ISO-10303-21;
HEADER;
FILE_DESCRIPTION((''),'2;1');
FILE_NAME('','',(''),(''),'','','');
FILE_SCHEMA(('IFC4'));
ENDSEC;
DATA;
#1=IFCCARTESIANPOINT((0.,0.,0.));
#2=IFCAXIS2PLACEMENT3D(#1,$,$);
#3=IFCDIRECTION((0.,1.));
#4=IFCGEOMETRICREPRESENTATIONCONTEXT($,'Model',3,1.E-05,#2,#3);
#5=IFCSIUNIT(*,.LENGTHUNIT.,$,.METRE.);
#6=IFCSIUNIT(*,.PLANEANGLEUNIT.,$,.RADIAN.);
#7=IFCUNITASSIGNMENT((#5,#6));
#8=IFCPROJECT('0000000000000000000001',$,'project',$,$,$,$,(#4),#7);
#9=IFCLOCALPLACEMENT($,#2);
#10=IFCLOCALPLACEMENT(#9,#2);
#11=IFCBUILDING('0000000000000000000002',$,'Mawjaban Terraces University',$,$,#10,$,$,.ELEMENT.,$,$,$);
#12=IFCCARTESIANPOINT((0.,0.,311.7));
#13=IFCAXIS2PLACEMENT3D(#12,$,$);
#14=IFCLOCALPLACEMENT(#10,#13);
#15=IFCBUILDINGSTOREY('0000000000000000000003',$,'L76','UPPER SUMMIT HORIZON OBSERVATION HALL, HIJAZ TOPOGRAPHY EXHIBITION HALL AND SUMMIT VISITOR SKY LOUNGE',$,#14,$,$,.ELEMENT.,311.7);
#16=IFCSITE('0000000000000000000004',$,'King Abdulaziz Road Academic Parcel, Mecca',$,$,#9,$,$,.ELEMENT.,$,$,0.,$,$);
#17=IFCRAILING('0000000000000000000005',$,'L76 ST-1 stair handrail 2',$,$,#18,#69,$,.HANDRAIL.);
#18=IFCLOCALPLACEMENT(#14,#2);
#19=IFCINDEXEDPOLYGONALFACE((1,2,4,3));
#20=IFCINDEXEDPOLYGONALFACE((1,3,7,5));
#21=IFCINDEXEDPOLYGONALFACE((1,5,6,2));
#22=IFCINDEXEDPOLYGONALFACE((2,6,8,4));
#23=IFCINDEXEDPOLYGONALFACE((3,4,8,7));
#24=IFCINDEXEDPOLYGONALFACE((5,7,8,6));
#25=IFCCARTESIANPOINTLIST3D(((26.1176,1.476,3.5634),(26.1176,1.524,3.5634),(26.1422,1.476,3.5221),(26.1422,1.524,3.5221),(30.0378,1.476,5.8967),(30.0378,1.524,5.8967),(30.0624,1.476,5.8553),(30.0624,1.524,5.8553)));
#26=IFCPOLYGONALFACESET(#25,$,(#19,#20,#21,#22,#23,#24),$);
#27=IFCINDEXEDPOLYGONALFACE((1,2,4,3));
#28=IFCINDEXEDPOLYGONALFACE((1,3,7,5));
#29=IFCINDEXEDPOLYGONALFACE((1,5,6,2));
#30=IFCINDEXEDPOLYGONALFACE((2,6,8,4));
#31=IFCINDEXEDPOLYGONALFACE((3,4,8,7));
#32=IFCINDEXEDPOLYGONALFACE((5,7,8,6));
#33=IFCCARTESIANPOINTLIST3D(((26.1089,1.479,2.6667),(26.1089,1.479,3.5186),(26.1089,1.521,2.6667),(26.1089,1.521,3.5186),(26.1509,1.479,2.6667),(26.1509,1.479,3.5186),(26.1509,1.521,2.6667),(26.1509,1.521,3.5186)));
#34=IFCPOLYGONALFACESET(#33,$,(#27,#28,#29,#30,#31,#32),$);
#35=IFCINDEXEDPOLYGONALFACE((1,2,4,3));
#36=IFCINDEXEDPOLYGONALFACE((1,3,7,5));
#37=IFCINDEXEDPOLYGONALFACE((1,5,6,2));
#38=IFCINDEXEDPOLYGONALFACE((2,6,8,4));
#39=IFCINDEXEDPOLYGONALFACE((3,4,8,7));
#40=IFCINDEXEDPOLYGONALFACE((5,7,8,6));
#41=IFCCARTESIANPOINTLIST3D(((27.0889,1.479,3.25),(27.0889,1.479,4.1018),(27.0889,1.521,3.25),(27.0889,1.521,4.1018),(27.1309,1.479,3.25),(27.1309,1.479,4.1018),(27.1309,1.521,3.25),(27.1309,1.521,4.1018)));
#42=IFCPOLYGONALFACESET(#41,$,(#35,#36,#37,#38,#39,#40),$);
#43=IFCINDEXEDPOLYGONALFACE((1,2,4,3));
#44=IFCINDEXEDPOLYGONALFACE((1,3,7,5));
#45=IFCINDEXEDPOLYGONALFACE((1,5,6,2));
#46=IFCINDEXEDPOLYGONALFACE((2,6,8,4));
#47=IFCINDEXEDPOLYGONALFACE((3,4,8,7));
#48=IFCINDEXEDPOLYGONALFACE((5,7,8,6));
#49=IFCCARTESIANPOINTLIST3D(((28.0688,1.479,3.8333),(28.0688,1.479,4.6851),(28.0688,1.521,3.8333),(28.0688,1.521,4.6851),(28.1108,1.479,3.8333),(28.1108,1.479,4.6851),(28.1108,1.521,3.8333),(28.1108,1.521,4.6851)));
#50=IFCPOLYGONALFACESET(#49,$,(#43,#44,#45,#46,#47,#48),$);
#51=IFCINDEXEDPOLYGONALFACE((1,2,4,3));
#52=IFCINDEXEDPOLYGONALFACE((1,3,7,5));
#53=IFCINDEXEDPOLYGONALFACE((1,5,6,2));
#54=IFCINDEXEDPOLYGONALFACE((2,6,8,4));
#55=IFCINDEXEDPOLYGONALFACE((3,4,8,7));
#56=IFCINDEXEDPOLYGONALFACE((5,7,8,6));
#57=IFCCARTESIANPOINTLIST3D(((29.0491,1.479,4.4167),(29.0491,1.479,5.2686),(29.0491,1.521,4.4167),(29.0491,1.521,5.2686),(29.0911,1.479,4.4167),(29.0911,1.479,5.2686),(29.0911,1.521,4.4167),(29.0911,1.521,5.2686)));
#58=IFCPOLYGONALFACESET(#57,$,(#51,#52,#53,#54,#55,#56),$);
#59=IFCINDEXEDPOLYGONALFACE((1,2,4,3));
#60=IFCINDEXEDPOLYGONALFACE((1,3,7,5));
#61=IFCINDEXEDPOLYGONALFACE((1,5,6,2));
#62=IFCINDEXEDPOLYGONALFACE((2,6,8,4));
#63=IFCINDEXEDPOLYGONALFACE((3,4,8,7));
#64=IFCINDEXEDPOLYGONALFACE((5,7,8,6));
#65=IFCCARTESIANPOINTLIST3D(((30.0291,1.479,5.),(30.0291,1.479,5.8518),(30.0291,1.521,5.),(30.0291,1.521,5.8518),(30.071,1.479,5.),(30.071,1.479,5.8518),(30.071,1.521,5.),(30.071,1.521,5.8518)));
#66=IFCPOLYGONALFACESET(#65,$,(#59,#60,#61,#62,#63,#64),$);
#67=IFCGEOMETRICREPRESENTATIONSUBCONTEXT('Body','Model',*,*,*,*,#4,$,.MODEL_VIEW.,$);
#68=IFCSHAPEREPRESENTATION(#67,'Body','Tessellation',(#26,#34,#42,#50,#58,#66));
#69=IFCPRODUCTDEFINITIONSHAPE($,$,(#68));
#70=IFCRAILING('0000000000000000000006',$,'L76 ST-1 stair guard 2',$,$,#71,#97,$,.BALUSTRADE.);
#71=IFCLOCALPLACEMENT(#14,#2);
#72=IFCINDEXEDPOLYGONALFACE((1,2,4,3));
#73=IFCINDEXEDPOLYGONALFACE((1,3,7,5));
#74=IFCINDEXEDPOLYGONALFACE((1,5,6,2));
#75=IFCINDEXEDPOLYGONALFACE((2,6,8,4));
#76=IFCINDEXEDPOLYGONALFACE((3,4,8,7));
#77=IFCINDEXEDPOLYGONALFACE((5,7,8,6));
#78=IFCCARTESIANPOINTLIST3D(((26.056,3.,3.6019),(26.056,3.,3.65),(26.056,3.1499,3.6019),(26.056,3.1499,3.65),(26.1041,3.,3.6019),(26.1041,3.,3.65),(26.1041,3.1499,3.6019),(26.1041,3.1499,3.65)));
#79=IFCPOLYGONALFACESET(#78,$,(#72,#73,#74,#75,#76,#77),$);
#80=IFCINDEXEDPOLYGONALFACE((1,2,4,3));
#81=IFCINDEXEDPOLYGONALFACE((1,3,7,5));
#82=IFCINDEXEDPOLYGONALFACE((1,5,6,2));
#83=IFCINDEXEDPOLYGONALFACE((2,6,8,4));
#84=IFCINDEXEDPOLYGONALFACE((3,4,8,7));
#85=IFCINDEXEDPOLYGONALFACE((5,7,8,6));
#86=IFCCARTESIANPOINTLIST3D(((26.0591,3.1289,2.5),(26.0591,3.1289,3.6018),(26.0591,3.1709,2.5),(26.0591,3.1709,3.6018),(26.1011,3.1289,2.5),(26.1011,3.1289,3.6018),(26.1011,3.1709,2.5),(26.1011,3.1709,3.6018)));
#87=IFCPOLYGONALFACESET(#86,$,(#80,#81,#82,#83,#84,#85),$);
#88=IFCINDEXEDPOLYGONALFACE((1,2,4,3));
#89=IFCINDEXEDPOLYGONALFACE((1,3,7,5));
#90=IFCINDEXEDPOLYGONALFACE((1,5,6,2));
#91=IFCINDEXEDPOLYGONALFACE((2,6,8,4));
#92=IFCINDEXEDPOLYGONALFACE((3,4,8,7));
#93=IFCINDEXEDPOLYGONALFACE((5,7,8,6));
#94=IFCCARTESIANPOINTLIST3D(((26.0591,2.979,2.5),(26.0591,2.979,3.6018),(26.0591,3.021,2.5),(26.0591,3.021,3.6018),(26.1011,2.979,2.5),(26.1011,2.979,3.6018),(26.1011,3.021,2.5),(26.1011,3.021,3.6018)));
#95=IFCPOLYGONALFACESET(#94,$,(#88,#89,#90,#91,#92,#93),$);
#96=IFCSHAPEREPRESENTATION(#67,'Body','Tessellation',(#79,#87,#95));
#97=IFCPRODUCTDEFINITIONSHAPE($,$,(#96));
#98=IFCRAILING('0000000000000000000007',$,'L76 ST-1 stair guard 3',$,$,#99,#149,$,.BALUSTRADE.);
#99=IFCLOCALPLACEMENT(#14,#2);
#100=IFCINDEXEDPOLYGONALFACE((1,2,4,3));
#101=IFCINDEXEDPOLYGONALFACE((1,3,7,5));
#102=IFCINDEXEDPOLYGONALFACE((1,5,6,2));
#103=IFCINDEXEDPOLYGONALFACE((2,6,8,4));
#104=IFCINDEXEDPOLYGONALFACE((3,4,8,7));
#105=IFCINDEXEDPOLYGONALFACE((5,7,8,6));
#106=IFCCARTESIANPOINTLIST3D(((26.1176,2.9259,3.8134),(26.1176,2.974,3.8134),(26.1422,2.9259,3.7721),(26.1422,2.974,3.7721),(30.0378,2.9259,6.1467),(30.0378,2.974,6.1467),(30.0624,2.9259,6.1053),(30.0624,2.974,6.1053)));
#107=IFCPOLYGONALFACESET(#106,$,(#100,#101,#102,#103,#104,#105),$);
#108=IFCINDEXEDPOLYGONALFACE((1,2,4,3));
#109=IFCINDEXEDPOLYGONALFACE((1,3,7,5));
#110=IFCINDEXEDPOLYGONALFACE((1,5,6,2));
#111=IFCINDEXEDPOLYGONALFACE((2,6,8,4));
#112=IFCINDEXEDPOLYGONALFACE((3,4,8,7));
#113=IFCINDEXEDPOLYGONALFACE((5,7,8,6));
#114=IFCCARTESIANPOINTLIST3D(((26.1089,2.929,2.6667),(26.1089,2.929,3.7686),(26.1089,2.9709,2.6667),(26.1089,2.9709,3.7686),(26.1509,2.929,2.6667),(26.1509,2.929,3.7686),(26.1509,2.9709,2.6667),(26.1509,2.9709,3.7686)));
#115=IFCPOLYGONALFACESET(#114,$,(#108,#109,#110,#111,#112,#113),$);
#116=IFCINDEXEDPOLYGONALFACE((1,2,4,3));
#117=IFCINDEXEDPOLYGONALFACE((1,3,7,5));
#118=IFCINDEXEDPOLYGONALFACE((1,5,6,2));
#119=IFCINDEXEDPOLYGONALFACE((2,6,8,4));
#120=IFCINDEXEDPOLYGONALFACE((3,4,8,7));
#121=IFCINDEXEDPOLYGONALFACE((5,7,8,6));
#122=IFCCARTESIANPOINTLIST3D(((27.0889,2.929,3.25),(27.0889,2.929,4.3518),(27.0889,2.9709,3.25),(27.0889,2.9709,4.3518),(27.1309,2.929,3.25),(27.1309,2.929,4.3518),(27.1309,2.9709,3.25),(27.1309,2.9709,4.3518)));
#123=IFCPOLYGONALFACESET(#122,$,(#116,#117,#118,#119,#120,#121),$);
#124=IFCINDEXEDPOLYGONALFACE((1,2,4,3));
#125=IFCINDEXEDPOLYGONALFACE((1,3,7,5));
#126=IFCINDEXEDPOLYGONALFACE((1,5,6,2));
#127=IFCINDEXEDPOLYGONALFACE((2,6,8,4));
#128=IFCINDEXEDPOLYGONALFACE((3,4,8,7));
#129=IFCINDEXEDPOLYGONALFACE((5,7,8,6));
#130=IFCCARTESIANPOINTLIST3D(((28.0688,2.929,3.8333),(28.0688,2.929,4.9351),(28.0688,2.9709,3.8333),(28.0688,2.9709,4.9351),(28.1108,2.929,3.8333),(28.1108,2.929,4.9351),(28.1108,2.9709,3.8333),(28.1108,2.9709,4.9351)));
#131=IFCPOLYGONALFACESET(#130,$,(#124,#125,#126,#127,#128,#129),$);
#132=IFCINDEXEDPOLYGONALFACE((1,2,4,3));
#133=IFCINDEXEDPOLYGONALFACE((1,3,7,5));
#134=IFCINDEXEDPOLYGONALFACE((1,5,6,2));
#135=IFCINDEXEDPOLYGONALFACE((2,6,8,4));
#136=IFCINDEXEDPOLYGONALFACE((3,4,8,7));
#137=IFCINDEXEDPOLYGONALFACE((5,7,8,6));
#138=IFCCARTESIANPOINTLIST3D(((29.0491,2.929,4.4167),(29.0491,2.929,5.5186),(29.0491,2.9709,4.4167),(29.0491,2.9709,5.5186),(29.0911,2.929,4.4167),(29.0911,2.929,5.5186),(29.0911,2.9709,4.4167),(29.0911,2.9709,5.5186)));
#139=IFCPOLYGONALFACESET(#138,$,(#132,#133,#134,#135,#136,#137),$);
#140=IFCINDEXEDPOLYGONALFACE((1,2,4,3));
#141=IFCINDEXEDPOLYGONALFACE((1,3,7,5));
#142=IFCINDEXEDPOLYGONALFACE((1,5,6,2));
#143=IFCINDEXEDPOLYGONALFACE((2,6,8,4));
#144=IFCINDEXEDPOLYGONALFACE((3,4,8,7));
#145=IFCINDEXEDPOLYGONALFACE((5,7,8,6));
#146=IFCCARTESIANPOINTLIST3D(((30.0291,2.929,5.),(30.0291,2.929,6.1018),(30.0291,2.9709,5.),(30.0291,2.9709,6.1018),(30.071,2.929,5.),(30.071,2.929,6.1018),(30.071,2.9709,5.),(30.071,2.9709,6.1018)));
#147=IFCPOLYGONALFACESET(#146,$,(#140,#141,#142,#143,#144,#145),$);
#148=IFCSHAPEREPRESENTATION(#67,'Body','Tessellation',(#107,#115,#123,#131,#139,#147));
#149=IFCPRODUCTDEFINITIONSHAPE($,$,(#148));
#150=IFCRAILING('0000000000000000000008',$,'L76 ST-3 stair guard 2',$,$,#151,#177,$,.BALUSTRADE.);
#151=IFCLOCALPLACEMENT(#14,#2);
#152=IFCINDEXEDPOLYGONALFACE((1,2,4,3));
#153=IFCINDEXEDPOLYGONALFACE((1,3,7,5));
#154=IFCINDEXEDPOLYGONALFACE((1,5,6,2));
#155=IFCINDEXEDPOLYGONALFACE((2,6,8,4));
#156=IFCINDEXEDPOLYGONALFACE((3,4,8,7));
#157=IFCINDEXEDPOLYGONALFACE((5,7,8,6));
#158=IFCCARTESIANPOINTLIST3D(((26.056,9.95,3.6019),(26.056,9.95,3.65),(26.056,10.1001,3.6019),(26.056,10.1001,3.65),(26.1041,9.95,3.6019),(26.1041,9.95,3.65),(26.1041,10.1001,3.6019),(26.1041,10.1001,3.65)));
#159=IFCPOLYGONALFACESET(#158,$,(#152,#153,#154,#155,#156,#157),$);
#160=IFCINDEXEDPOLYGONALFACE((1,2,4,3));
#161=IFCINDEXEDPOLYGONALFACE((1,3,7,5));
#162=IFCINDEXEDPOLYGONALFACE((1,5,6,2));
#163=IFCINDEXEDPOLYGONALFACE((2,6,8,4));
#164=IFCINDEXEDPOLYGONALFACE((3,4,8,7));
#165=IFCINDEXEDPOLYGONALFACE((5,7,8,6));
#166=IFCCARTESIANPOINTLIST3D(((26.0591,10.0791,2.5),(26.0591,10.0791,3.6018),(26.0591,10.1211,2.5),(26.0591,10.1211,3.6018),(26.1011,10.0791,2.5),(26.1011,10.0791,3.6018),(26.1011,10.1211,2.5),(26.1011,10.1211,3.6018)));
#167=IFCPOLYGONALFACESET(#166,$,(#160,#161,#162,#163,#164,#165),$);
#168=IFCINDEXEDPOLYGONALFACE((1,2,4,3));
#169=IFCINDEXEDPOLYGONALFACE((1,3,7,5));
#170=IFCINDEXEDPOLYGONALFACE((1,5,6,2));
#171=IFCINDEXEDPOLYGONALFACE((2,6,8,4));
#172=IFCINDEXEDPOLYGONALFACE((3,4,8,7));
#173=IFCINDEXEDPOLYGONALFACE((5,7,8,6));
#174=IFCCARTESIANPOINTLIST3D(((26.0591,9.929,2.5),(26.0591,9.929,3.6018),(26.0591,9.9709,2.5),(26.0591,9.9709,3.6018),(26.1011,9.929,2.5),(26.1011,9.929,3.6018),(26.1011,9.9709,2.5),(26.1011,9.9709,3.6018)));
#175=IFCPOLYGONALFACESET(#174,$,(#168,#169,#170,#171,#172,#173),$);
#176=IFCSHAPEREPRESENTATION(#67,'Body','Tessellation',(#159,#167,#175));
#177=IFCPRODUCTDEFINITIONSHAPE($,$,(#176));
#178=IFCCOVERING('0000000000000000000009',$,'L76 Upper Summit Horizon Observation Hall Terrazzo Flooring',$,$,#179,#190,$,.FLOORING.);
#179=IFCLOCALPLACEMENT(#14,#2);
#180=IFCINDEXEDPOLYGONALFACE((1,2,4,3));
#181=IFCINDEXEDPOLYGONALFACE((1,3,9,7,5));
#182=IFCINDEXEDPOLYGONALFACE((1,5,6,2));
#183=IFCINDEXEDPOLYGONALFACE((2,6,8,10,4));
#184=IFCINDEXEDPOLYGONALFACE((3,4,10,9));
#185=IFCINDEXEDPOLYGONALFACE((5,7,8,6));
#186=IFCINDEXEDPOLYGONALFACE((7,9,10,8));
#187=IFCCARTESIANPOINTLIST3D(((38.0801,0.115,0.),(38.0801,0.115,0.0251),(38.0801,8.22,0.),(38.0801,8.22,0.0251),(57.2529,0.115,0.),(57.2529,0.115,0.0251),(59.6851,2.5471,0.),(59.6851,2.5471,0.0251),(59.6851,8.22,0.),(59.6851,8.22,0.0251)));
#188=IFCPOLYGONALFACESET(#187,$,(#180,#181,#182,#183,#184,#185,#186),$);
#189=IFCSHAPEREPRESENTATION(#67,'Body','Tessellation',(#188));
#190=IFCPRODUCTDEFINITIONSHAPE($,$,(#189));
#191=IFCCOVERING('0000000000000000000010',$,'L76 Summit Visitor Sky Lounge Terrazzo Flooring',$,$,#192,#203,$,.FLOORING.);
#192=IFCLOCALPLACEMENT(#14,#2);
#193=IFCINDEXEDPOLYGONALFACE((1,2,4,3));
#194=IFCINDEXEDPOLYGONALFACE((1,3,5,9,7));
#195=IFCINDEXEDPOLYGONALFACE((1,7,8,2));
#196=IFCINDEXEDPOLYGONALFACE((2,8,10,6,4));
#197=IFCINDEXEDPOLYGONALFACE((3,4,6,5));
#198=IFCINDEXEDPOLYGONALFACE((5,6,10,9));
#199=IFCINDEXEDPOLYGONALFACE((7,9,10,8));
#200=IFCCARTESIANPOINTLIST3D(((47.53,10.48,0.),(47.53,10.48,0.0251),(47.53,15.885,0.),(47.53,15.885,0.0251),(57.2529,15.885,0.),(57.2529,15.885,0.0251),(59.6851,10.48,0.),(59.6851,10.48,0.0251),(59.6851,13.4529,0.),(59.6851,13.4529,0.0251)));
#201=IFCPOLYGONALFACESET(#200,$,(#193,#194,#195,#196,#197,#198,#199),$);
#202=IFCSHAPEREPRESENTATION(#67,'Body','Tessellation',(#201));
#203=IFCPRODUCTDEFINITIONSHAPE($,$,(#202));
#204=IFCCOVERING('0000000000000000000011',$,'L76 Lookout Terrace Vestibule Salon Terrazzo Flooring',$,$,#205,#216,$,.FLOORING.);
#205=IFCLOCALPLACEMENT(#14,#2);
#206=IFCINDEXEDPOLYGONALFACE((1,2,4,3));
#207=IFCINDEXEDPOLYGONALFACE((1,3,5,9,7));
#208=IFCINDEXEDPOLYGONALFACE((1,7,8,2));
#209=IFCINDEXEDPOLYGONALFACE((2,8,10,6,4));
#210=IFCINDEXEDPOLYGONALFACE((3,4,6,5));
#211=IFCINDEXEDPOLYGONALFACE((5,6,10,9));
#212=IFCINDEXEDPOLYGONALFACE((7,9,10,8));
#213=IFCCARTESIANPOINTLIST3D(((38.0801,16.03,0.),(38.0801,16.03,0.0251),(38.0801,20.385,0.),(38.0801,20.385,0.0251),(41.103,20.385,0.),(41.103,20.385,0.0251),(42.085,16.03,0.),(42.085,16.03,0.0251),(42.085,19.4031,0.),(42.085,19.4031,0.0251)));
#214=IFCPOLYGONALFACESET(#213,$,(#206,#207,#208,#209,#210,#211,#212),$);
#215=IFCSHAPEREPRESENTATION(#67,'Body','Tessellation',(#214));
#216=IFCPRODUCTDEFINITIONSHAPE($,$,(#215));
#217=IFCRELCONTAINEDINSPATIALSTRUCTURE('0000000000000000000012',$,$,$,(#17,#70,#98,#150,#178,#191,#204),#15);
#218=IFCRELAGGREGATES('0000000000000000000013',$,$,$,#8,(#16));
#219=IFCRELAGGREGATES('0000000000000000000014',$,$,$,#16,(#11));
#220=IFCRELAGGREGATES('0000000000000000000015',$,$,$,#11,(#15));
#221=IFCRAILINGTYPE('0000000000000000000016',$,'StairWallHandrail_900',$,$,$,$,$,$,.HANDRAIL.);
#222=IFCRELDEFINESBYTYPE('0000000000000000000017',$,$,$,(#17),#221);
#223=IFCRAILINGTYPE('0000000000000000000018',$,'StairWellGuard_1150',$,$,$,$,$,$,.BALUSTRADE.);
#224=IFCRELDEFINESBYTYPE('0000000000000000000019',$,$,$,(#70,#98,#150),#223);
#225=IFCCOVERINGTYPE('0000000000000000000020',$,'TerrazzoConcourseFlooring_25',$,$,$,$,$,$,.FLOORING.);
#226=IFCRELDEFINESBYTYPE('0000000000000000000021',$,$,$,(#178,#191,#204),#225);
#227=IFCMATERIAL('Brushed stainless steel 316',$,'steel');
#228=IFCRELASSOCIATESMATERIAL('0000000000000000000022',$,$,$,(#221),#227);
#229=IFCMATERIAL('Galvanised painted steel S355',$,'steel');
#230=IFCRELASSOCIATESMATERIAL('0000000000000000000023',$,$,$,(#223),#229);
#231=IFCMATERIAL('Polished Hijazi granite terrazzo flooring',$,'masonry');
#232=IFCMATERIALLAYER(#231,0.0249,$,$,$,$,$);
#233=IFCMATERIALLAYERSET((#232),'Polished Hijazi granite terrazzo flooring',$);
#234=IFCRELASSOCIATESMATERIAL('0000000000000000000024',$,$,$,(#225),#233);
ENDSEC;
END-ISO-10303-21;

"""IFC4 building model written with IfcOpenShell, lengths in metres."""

from ifc_helpers import new_model, si_unit, direction, frame, origin, origin_2d, place, context, subcontext, project, spatial, polyline, rectangle, outline, extrude, material, layer, layer_set, type_object, element, save


model = new_model("IFC4")

# Units and contexts
model_context = context("Model", 3, precision=1e-05, world=origin(), true_north=direction((0.0, 1.0)))
body_context = subcontext(model_context, "Body", "Model", "MODEL_VIEW")
ifc_project = project(units=[si_unit("LENGTHUNIT", "METRE"), si_unit("PLANEANGLEUNIT", "RADIAN")], contexts=[model_context])

# Site, building, storey
site_placement = place(None, origin())
site = spatial("IfcSite", under=ifc_project, at=site_placement, Name="King Abdulaziz Road Academic Parcel, Mecca", CompositionType="ELEMENT", RefElevation=0.0)
building_placement = place(site_placement, origin())
building = spatial("IfcBuilding", under=site, at=building_placement, Name="Mawjaban Terraces University", CompositionType="ELEMENT")
storey_placement = place(building_placement, frame((0.0, 0.0, 311.7)))
storey = spatial("IfcBuildingStorey", under=building, at=storey_placement, Name="L76", Description="UPPER SUMMIT HORIZON OBSERVATION HALL, HIJAZ TOPOGRAPHY EXHIBITION HALL AND SUMMIT VISITOR SKY LOUNGE", CompositionType="ELEMENT", Elevation=311.7)

# Railings
ifc_material_1 = material(Name="Brushed stainless steel 316", Category="steel")
railing_type_1 = type_object("IfcRailingType", Name="StairWallHandrail_900", PredefinedType="HANDRAIL", material=ifc_material_1)
railing_1_placement = place(storey_placement, frame((26.1299, 1.5, 2.6667)))
element("IfcRailing", 1, at=railing_1_placement, inside=storey, type_object=railing_type_1, Name="L76 ST-1 stair handrail 2", PredefinedType="HANDRAIL", context=body_context, shape_type="SweptSolid", body=[
    extrude(rectangle(XDim=0.0481, YDim=0.0481, at=origin_2d()), frame((0.0, 0.0, 0.876), z_axis=(0.85931, 0.0, 0.511455), x_axis=(0.0, 1.0, 0.0)), (0.0, 0.0, 1.0), 4.562),
    extrude(rectangle(XDim=0.042, YDim=0.042, at=origin_2d()), origin(), (0.0, 0.0, 1.0), 0.8518),
    extrude(rectangle(XDim=0.042, YDim=0.042, at=origin_2d()), frame((0.98, 0.0, 0.5833)), (0.0, 0.0, 1.0), 0.8518),
    extrude(rectangle(XDim=0.042, YDim=0.042, at=origin_2d()), frame((1.96, 0.0, 1.1665)), (0.0, 0.0, 1.0), 0.8518),
    extrude(rectangle(XDim=0.042, YDim=0.042, at=origin_2d()), frame((2.9402, 0.0, 1.75)), (0.0, 0.0, 1.0), 0.8518),
    extrude(rectangle(XDim=0.042, YDim=0.042, at=origin_2d()), frame((3.9202, 0.0, 2.3333)), (0.0, 0.0, 1.0), 0.8518),
])
ifc_material_2 = material(Name="Galvanised painted steel S355", Category="steel")
railing_type_2 = type_object("IfcRailingType", Name="StairWellGuard_1150", PredefinedType="BALUSTRADE", material=ifc_material_2)
railing_2_placement = place(storey_placement, frame((26.0801, 3.1499, 2.5)))
element("IfcRailing", 2, at=railing_2_placement, inside=storey, type_object=railing_type_2, Name="L76 ST-1 stair guard 2", PredefinedType="BALUSTRADE", context=body_context, shape_type="SweptSolid", body=[
    extrude(rectangle(XDim=0.0481, YDim=0.0481, at=origin_2d()), frame((0.0, 0.0, 1.126), z_axis=(0.0, -1.0, 0.0), x_axis=(1.0, 0.0, 0.0)), (0.0, 0.0, 1.0), 0.1499),
    extrude(rectangle(XDim=0.042, YDim=0.042, at=origin_2d()), origin(), (0.0, 0.0, 1.0), 1.1018),
    extrude(rectangle(XDim=0.042, YDim=0.042, at=origin_2d()), frame((0.0, -0.1499, 0.0)), (0.0, 0.0, 1.0), 1.1018),
])
railing_3_placement = place(storey_placement, frame((26.1299, 2.95, 2.6667)))
element("IfcRailing", 3, at=railing_3_placement, inside=storey, type_object=railing_type_2, Name="L76 ST-1 stair guard 3", PredefinedType="BALUSTRADE", context=body_context, shape_type="SweptSolid", body=[
    extrude(rectangle(XDim=0.0481, YDim=0.0481, at=origin_2d()), frame((0.0, 0.0, 1.126), z_axis=(0.85931, 0.0, 0.511455), x_axis=(0.0, 1.0, 0.0)), (0.0, 0.0, 1.0), 4.562),
    extrude(rectangle(XDim=0.042, YDim=0.042, at=origin_2d()), origin(), (0.0, 0.0, 1.0), 1.1018),
    extrude(rectangle(XDim=0.042, YDim=0.042, at=origin_2d()), frame((0.98, 0.0, 0.5833)), (0.0, 0.0, 1.0), 1.1018),
    extrude(rectangle(XDim=0.042, YDim=0.042, at=origin_2d()), frame((1.96, 0.0, 1.1665)), (0.0, 0.0, 1.0), 1.1018),
    extrude(rectangle(XDim=0.042, YDim=0.042, at=origin_2d()), frame((2.9402, 0.0, 1.75)), (0.0, 0.0, 1.0), 1.1018),
    extrude(rectangle(XDim=0.042, YDim=0.042, at=origin_2d()), frame((3.9202, 0.0, 2.3333)), (0.0, 0.0, 1.0), 1.1018),
])
railing_4_placement = place(storey_placement, frame((26.0801, 10.1001, 2.5)))
element("IfcRailing", 4, at=railing_4_placement, inside=storey, type_object=railing_type_2, Name="L76 ST-3 stair guard 2", PredefinedType="BALUSTRADE", context=body_context, shape_type="SweptSolid", body=[
    extrude(rectangle(XDim=0.0481, YDim=0.0481, at=origin_2d()), frame((0.0, 0.0, 1.126), z_axis=(0.0, -1.0, 0.0), x_axis=(1.0, 0.0, 0.0)), (0.0, 0.0, 1.0), 0.1501),
    extrude(rectangle(XDim=0.042, YDim=0.042, at=origin_2d()), origin(), (0.0, 0.0, 1.0), 1.1018),
    extrude(rectangle(XDim=0.042, YDim=0.042, at=origin_2d()), frame((0.0, -0.1501, 0.0)), (0.0, 0.0, 1.0), 1.1018),
])

# Coverings
ifc_material_3 = material(Name="Polished Hijazi granite terrazzo flooring", Category="masonry")
ifc_layer_1 = layer(ifc_material_3, 0.0249)
ifc_layer_set_1 = layer_set([ifc_layer_1], Name="Polished Hijazi granite terrazzo flooring")
covering_type_1 = type_object("IfcCoveringType", Name="TerrazzoConcourseFlooring_25", PredefinedType="FLOORING", material=ifc_layer_set_1)
covering_1_placement = place(storey_placement, origin())
element("IfcCovering", 5, at=covering_1_placement, inside=storey, type_object=covering_type_1, Name="L76 Upper Summit Horizon Observation Hall Terrazzo Flooring", PredefinedType="FLOORING", context=body_context, shape_type="SweptSolid", body=[
    extrude(outline(polyline([(57.2529, 0.115), (59.6851, 2.5471), (59.6851, 8.22), (38.0801, 8.22), (38.0801, 0.115), (57.2529, 0.115)])), origin(), (0.0, 0.0, 1.0), 0.0251),
])
covering_2_placement = place(storey_placement, origin())
element("IfcCovering", 6, at=covering_2_placement, inside=storey, type_object=covering_type_1, Name="L76 Summit Visitor Sky Lounge Terrazzo Flooring", PredefinedType="FLOORING", context=body_context, shape_type="SweptSolid", body=[
    extrude(outline(polyline([(59.6851, 10.48), (59.6851, 13.4529), (57.2529, 15.885), (47.53, 15.885), (47.53, 10.48), (59.6851, 10.48)])), origin(), (0.0, 0.0, 1.0), 0.0251),
])
covering_3_placement = place(storey_placement, origin())
element("IfcCovering", 7, at=covering_3_placement, inside=storey, type_object=covering_type_1, Name="L76 Lookout Terrace Vestibule Salon Terrazzo Flooring", PredefinedType="FLOORING", context=body_context, shape_type="SweptSolid", body=[
    extrude(outline(polyline([(42.085, 16.03), (42.085, 19.4031), (41.103, 20.385), (38.0801, 20.385), (38.0801, 16.03), (42.085, 16.03)])), origin(), (0.0, 0.0, 1.0), 0.0251),
])

save(model, "model.ifc")
